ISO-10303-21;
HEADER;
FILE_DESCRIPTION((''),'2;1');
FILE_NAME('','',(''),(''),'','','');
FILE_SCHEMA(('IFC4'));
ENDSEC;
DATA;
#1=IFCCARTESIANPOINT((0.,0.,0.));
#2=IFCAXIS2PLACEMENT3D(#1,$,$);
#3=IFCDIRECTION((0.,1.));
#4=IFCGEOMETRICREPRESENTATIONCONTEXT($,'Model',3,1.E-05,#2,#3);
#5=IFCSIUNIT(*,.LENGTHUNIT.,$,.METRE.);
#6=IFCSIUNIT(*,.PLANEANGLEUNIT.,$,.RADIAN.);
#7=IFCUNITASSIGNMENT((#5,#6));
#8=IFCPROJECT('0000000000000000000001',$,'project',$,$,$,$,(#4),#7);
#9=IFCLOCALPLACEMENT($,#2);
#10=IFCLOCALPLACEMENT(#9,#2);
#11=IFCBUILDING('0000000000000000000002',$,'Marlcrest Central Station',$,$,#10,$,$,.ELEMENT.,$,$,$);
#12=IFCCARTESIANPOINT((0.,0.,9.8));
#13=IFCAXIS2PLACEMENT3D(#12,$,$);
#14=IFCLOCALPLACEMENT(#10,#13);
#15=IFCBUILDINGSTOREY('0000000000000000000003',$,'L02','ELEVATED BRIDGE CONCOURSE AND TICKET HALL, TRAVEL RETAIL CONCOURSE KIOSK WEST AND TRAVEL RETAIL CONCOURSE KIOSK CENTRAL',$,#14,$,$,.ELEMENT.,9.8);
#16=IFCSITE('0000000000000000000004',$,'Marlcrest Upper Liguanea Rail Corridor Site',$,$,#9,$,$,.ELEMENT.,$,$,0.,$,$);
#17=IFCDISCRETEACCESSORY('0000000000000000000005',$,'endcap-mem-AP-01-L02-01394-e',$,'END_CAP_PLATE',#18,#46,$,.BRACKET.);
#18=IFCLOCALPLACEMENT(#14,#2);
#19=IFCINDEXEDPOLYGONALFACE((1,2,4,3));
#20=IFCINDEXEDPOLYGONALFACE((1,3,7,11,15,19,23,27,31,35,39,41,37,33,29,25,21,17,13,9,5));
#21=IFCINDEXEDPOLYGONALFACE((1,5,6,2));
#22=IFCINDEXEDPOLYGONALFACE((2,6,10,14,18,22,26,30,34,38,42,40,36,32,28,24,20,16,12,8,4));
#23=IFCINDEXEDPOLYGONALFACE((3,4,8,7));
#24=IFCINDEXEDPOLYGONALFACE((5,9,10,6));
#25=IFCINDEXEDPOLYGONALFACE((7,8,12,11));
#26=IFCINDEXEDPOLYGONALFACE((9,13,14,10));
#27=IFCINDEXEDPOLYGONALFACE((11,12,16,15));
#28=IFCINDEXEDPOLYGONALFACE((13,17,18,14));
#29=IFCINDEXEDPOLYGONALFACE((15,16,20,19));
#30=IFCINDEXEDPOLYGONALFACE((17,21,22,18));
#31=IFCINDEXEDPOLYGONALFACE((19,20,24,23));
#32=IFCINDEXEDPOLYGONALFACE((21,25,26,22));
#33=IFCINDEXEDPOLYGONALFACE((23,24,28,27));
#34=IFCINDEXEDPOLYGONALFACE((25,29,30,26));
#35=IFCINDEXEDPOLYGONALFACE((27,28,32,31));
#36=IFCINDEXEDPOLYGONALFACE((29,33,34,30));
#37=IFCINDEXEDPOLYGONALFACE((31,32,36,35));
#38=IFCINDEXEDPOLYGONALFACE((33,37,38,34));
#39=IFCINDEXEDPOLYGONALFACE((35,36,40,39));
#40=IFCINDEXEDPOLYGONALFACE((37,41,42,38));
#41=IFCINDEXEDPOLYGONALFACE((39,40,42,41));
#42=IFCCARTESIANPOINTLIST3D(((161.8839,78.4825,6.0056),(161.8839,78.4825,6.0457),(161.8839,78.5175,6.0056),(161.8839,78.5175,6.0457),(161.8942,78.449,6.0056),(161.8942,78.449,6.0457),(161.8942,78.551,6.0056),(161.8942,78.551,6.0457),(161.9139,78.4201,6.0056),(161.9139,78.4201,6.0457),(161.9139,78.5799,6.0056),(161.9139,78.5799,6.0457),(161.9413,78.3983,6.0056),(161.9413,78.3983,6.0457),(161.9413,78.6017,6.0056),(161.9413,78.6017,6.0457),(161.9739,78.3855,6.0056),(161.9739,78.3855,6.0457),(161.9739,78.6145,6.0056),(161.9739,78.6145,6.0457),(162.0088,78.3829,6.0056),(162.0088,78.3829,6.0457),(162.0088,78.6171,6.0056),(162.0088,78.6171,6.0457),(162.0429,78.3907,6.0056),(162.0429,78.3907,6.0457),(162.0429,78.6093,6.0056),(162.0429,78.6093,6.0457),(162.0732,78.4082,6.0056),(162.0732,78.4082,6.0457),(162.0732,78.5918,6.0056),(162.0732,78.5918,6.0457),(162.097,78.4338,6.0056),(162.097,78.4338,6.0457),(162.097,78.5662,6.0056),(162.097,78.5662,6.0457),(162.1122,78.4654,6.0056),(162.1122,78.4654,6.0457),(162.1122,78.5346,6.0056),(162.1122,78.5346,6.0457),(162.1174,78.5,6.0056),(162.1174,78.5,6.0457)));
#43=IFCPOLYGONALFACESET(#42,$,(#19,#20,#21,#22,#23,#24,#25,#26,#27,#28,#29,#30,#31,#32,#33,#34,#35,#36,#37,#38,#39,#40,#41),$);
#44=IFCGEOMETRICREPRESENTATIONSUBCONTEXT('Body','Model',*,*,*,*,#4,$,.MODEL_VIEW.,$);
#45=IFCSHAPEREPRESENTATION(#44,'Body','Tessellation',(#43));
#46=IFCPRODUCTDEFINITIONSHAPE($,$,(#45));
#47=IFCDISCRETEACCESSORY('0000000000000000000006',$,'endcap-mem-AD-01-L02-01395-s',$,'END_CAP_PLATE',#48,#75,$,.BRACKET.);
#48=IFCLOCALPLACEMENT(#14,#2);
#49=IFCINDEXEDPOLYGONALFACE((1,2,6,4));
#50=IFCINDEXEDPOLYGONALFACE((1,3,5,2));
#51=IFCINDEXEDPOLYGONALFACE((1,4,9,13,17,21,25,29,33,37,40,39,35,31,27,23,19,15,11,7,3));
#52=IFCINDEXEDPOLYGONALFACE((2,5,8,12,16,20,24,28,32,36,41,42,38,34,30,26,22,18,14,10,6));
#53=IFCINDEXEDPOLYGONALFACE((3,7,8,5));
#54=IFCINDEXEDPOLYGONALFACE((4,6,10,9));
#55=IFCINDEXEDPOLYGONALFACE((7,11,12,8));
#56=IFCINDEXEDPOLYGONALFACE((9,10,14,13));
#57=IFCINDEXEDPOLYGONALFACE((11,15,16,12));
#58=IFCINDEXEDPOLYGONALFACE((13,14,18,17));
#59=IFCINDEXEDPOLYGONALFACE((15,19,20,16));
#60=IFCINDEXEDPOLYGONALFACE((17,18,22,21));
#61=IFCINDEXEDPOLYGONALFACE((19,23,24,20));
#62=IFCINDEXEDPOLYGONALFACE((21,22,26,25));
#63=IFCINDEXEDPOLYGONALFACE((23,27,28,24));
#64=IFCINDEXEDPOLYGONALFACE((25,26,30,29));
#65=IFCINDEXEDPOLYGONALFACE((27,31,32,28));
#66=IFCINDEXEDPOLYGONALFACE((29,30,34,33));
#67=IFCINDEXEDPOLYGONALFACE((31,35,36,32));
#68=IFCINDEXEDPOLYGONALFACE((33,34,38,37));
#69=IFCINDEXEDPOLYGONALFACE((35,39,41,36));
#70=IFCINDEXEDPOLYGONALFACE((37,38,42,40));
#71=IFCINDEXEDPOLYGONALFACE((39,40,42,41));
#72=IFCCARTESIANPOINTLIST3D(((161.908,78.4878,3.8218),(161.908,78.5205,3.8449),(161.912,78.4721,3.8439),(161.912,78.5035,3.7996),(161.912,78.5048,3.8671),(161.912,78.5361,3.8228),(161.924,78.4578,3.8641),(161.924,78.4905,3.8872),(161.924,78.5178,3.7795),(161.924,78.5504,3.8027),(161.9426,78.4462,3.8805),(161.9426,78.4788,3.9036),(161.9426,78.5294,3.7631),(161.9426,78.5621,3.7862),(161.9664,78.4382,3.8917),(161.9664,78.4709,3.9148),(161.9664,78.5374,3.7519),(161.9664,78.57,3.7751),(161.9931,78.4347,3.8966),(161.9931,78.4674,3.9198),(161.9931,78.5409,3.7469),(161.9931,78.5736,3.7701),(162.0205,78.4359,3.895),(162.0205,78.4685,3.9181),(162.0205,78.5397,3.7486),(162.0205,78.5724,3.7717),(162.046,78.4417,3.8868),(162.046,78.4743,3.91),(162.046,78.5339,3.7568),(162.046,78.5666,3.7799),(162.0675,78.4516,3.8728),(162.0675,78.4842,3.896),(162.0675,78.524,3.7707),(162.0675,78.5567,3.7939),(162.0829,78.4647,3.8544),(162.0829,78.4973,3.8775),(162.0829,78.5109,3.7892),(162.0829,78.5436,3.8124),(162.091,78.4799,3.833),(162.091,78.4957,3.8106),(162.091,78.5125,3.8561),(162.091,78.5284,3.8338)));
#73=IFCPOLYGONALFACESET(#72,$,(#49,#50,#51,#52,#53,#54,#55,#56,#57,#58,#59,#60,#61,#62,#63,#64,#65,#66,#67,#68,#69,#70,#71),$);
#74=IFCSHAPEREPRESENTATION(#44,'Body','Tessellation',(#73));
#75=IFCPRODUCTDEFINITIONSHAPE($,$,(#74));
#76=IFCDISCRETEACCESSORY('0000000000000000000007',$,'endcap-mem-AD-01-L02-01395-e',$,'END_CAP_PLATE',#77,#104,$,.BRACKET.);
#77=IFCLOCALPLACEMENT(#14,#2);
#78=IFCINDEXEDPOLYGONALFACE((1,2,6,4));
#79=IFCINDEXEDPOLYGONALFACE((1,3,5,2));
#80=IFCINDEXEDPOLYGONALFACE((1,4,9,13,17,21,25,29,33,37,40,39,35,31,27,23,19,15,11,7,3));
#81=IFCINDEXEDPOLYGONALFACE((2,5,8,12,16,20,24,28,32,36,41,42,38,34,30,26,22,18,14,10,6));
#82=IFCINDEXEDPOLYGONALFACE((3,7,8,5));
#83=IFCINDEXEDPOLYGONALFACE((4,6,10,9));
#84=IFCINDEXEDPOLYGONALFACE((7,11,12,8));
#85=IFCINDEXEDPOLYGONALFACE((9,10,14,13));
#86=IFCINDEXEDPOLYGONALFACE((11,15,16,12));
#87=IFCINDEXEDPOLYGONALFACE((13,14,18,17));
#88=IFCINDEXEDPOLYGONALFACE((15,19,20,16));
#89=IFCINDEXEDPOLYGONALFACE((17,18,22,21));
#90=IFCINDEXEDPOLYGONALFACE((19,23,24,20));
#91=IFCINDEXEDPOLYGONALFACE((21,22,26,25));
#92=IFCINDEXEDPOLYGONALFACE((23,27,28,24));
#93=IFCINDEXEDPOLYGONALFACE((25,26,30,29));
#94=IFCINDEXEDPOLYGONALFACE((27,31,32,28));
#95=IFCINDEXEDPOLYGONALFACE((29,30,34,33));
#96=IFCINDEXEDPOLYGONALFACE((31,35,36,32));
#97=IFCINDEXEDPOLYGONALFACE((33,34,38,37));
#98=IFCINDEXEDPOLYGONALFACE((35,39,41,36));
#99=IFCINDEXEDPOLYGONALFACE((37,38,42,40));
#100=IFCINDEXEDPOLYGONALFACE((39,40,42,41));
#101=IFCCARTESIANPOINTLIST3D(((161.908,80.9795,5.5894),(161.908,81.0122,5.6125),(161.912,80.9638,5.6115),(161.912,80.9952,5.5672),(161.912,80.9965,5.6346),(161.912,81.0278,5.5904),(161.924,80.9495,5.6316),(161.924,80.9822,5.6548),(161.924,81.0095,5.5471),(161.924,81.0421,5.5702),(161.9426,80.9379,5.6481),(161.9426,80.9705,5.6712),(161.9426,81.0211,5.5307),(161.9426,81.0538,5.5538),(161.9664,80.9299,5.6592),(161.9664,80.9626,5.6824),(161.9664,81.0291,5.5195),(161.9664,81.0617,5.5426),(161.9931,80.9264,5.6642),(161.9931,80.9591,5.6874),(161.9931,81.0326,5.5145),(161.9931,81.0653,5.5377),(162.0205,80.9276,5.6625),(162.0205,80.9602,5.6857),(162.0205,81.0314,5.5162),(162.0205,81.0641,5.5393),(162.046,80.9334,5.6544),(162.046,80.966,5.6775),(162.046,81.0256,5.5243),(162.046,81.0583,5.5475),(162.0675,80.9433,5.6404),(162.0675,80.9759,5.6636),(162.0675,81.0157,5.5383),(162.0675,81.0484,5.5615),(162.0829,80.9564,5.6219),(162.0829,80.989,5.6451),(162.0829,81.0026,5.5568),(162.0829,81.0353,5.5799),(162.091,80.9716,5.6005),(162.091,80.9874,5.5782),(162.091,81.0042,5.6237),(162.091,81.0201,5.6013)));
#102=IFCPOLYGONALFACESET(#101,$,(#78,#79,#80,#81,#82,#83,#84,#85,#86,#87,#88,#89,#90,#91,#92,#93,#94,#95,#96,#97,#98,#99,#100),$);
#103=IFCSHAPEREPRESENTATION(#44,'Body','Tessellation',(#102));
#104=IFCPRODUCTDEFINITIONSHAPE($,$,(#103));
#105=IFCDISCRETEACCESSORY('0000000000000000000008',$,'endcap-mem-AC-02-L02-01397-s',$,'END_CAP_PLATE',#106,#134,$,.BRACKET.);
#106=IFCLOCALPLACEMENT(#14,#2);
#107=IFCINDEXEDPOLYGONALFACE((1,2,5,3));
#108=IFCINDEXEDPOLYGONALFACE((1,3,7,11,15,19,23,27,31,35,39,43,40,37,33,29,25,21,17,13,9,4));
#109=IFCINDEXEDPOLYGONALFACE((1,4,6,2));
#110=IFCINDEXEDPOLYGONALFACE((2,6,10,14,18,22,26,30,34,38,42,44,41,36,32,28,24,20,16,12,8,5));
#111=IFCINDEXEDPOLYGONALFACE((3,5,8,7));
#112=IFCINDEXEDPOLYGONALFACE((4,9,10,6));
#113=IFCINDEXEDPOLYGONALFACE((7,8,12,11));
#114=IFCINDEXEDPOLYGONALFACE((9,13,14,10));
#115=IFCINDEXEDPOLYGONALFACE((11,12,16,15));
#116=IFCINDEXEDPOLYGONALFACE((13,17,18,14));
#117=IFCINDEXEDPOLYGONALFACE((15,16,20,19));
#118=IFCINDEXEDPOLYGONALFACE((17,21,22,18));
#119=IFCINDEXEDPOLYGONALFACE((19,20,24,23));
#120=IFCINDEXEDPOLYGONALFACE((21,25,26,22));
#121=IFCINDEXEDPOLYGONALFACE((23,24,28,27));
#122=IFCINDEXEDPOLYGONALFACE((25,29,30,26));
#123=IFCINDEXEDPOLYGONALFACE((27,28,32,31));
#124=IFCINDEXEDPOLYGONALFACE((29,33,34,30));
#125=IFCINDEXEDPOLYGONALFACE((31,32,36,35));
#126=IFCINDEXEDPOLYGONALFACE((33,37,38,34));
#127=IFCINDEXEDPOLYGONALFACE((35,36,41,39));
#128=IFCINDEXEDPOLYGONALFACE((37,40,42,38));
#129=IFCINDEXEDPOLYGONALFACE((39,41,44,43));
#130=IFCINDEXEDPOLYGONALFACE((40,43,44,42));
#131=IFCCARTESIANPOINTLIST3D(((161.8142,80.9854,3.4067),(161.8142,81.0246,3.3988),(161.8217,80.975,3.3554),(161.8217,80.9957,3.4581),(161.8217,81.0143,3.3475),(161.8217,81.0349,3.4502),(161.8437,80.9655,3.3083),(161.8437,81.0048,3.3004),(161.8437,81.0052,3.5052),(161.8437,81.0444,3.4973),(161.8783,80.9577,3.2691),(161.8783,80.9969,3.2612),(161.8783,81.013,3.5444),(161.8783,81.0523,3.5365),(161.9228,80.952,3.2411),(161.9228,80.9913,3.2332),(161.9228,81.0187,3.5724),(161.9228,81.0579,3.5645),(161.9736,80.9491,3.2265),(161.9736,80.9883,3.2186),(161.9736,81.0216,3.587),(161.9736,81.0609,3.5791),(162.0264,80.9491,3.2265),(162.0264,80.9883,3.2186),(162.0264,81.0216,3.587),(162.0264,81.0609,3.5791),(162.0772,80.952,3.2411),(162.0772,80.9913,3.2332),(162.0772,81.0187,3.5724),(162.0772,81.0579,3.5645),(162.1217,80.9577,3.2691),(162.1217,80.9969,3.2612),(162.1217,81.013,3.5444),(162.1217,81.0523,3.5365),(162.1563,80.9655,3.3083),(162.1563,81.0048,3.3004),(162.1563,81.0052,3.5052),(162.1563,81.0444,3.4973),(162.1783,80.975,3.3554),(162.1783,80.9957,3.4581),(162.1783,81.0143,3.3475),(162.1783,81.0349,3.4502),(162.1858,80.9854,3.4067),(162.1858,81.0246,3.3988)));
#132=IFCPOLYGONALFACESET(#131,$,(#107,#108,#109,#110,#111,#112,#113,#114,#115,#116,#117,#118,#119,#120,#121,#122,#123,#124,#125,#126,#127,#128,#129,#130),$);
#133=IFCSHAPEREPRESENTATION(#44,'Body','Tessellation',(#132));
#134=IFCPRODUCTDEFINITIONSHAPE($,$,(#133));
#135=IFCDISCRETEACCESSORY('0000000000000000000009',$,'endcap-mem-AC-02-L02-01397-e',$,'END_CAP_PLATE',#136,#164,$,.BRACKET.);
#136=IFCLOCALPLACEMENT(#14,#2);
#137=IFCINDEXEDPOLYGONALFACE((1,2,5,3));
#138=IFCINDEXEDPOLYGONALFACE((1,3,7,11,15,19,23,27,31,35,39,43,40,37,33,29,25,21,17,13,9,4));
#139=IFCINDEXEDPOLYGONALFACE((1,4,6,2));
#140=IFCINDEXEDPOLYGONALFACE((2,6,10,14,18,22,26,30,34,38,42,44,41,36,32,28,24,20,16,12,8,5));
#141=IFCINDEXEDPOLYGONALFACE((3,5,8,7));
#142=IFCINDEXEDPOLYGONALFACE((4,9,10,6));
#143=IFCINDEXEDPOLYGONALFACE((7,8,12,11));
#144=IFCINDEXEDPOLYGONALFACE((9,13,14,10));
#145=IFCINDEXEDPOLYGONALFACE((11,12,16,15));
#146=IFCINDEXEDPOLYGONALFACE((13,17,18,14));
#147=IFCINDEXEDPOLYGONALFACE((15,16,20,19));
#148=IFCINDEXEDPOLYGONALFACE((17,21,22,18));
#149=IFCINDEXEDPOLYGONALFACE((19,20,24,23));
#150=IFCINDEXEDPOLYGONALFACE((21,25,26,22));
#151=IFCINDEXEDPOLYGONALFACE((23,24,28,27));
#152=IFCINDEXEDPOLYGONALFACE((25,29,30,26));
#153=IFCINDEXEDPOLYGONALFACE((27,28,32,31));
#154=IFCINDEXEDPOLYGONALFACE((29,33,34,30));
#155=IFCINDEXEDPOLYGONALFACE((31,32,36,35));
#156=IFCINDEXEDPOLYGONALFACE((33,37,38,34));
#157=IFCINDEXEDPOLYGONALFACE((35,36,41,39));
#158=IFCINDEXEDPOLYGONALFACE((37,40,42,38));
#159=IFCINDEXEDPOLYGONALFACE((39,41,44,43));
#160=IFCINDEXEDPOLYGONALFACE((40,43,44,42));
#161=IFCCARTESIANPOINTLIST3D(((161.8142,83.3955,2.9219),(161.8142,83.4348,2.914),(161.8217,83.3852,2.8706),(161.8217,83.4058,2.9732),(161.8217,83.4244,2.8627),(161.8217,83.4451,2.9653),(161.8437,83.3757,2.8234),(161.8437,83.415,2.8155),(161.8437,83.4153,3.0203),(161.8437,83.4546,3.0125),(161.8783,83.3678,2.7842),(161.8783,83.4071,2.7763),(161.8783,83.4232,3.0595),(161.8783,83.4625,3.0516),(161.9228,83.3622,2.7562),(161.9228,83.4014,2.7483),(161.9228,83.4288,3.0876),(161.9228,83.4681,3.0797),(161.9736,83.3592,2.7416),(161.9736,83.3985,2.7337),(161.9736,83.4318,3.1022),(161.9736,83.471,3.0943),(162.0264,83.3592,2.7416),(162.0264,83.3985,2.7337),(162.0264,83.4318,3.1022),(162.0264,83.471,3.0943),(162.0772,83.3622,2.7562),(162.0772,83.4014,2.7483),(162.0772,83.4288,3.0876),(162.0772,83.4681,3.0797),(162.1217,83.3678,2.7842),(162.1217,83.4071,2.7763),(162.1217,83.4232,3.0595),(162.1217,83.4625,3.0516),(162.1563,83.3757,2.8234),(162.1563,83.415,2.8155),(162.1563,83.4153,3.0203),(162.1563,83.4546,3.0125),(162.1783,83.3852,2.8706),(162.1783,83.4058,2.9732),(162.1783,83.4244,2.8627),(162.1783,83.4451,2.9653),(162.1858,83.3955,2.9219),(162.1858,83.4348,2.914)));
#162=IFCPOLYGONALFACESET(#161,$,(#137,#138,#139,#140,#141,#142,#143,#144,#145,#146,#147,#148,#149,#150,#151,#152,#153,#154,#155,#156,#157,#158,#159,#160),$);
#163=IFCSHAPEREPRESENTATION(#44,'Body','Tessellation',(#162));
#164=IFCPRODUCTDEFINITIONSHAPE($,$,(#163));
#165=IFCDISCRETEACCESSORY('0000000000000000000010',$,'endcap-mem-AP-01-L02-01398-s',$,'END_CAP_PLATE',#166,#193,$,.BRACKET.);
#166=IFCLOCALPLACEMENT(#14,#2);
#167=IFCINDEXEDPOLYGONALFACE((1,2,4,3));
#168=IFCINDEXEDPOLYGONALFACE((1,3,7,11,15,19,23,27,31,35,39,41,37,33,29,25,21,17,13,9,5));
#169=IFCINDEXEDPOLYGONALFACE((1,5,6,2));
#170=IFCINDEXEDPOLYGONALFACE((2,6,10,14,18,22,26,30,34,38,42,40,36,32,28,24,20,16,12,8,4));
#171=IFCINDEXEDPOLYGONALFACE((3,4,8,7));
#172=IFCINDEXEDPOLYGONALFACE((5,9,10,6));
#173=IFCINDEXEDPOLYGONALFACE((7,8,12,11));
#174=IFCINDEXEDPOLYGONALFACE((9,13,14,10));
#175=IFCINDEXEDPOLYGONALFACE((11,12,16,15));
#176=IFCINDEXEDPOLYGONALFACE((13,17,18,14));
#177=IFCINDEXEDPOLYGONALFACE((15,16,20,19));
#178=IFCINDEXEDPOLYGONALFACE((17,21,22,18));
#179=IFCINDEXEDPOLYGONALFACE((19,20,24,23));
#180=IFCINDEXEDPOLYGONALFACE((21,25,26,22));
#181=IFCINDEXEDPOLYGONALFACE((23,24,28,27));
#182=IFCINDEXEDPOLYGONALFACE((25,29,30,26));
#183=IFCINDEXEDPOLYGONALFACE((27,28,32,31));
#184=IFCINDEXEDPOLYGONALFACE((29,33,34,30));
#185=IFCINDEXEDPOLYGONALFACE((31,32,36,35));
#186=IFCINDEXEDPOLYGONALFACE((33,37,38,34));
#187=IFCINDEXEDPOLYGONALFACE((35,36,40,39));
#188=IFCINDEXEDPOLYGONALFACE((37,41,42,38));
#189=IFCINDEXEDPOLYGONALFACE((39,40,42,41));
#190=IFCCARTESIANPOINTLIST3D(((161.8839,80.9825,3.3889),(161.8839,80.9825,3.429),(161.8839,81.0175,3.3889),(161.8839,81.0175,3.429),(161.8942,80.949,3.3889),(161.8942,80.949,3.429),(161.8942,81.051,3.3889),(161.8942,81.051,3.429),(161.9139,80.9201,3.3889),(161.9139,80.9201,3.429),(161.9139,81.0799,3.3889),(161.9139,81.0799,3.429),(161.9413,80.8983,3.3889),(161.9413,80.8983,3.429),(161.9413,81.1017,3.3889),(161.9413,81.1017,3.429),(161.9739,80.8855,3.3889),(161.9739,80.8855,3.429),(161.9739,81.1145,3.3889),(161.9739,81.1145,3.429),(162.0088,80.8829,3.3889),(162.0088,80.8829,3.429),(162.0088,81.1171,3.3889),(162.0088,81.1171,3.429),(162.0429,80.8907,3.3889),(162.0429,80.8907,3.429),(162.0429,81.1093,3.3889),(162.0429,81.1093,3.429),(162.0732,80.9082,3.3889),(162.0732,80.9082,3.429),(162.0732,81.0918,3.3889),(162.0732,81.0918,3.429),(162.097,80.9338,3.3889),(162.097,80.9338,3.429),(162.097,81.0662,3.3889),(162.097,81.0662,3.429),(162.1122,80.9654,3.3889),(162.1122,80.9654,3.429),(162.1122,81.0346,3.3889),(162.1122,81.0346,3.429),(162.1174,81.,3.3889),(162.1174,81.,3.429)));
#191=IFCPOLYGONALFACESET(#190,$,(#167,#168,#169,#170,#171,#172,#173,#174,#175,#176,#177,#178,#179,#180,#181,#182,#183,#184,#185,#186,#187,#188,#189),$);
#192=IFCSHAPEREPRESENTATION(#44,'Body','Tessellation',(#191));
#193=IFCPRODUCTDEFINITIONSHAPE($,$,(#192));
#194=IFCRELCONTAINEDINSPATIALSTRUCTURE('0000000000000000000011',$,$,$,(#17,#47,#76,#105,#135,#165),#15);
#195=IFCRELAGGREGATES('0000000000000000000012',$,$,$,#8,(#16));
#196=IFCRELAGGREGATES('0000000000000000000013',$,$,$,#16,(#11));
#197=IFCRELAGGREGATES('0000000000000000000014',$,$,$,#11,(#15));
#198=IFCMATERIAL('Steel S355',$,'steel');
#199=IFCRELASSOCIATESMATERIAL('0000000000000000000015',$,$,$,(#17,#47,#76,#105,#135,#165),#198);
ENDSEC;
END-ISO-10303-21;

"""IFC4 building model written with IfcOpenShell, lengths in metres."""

from ifc_helpers import new_model, si_unit, direction, frame, origin, origin_2d, place, context, subcontext, project, spatial, circle, extrude, material, element, save


model = new_model("IFC4")

# Units and contexts
model_context = context("Model", 3, precision=1e-05, world=origin(), true_north=direction((0.0, 1.0)))
body_context = subcontext(model_context, "Body", "Model", "MODEL_VIEW")
ifc_project = project(units=[si_unit("LENGTHUNIT", "METRE"), si_unit("PLANEANGLEUNIT", "RADIAN")], contexts=[model_context])

# Site, building, storey
site_placement = place(None, origin())
site = spatial("IfcSite", under=ifc_project, at=site_placement, Name="Marlcrest Upper Liguanea Rail Corridor Site", CompositionType="ELEMENT", RefElevation=0.0)
building_placement = place(site_placement, origin())
building = spatial("IfcBuilding", under=site, at=building_placement, Name="Marlcrest Central Station", CompositionType="ELEMENT")
storey_placement = place(building_placement, frame((0.0, 0.0, 9.8)))
storey = spatial("IfcBuildingStorey", under=building, at=storey_placement, Name="L02", Description="ELEVATED BRIDGE CONCOURSE AND TICKET HALL, TRAVEL RETAIL CONCOURSE KIOSK WEST AND TRAVEL RETAIL CONCOURSE KIOSK CENTRAL", CompositionType="ELEMENT", Elevation=9.8)

# Shared definitions
ifc_material_1 = material(Name="Steel S355", Category="steel")

# Discrete accessories
for number, where, z_axis, x_axis, name in (
    (1, (162.0, 78.5, 6.0056), (0.0, 0.0, 1.0), (1.0, 0.0, 0.0), "endcap-mem-AP-01-L02-01394-e"),
):
    element("IfcDiscreteAccessory", number, at=place(storey_placement, frame(where, z_axis=z_axis, x_axis=x_axis)), inside=storey, material=ifc_material_1, Name=name, ObjectType="END_CAP_PLATE", PredefinedType="BRACKET", context=body_context, shape_type="SweptSolid", body=[
        extrude(circle(Radius=0.1174, at=origin_2d()), origin(), (0.0, 0.0, 1.0), 0.04),
    ])
for number, where, z_axis, x_axis, name in (
    (2, (162.0, 78.4878, 3.8218), (0.0, 0.815661, 0.57853), (-1.0, 0.0, 0.0), "endcap-mem-AD-01-L02-01395-s"),
    (3, (162.0, 80.9795, 5.5894), (0.0, 0.815661, 0.57853), (-1.0, 0.0, 0.0), "endcap-mem-AD-01-L02-01395-e"),
):
    element("IfcDiscreteAccessory", number, at=place(storey_placement, frame(where, z_axis=z_axis, x_axis=x_axis)), inside=storey, material=ifc_material_1, Name=name, ObjectType="END_CAP_PLATE", PredefinedType="BRACKET", context=body_context, shape_type="SweptSolid", body=[
        extrude(circle(Radius=0.092, at=origin_2d()), origin(), (0.0, 0.0, 1.0), 0.04),
    ])
for number, where, z_axis, x_axis, name in (
    (4, (162.0, 80.9854, 3.4067), (0.0, 0.980359, -0.197219), (-1.0, 0.0, 0.0), "endcap-mem-AC-02-L02-01397-s"),
    (5, (162.0, 83.3955, 2.9219), (0.0, 0.980359, -0.197219), (-1.0, 0.0, 0.0), "endcap-mem-AC-02-L02-01397-e"),
):
    element("IfcDiscreteAccessory", number, at=place(storey_placement, frame(where, z_axis=z_axis, x_axis=x_axis)), inside=storey, material=ifc_material_1, Name=name, ObjectType="END_CAP_PLATE", PredefinedType="BRACKET", context=body_context, shape_type="SweptSolid", body=[
        extrude(circle(Radius=0.1858, at=origin_2d()), origin(), (0.0, 0.0, 1.0), 0.04),
    ])
for number, where, z_axis, x_axis, name in (
    (6, (162.0, 81.0, 3.3889), (0.0, 0.0, 1.0), (1.0, 0.0, 0.0), "endcap-mem-AP-01-L02-01398-s"),
):
    element("IfcDiscreteAccessory", number, at=place(storey_placement, frame(where, z_axis=z_axis, x_axis=x_axis)), inside=storey, material=ifc_material_1, Name=name, ObjectType="END_CAP_PLATE", PredefinedType="BRACKET", context=body_context, shape_type="SweptSolid", body=[
        extrude(circle(Radius=0.1174, at=origin_2d()), origin(), (0.0, 0.0, 1.0), 0.04),
    ])

save(model, "model.ifc")
